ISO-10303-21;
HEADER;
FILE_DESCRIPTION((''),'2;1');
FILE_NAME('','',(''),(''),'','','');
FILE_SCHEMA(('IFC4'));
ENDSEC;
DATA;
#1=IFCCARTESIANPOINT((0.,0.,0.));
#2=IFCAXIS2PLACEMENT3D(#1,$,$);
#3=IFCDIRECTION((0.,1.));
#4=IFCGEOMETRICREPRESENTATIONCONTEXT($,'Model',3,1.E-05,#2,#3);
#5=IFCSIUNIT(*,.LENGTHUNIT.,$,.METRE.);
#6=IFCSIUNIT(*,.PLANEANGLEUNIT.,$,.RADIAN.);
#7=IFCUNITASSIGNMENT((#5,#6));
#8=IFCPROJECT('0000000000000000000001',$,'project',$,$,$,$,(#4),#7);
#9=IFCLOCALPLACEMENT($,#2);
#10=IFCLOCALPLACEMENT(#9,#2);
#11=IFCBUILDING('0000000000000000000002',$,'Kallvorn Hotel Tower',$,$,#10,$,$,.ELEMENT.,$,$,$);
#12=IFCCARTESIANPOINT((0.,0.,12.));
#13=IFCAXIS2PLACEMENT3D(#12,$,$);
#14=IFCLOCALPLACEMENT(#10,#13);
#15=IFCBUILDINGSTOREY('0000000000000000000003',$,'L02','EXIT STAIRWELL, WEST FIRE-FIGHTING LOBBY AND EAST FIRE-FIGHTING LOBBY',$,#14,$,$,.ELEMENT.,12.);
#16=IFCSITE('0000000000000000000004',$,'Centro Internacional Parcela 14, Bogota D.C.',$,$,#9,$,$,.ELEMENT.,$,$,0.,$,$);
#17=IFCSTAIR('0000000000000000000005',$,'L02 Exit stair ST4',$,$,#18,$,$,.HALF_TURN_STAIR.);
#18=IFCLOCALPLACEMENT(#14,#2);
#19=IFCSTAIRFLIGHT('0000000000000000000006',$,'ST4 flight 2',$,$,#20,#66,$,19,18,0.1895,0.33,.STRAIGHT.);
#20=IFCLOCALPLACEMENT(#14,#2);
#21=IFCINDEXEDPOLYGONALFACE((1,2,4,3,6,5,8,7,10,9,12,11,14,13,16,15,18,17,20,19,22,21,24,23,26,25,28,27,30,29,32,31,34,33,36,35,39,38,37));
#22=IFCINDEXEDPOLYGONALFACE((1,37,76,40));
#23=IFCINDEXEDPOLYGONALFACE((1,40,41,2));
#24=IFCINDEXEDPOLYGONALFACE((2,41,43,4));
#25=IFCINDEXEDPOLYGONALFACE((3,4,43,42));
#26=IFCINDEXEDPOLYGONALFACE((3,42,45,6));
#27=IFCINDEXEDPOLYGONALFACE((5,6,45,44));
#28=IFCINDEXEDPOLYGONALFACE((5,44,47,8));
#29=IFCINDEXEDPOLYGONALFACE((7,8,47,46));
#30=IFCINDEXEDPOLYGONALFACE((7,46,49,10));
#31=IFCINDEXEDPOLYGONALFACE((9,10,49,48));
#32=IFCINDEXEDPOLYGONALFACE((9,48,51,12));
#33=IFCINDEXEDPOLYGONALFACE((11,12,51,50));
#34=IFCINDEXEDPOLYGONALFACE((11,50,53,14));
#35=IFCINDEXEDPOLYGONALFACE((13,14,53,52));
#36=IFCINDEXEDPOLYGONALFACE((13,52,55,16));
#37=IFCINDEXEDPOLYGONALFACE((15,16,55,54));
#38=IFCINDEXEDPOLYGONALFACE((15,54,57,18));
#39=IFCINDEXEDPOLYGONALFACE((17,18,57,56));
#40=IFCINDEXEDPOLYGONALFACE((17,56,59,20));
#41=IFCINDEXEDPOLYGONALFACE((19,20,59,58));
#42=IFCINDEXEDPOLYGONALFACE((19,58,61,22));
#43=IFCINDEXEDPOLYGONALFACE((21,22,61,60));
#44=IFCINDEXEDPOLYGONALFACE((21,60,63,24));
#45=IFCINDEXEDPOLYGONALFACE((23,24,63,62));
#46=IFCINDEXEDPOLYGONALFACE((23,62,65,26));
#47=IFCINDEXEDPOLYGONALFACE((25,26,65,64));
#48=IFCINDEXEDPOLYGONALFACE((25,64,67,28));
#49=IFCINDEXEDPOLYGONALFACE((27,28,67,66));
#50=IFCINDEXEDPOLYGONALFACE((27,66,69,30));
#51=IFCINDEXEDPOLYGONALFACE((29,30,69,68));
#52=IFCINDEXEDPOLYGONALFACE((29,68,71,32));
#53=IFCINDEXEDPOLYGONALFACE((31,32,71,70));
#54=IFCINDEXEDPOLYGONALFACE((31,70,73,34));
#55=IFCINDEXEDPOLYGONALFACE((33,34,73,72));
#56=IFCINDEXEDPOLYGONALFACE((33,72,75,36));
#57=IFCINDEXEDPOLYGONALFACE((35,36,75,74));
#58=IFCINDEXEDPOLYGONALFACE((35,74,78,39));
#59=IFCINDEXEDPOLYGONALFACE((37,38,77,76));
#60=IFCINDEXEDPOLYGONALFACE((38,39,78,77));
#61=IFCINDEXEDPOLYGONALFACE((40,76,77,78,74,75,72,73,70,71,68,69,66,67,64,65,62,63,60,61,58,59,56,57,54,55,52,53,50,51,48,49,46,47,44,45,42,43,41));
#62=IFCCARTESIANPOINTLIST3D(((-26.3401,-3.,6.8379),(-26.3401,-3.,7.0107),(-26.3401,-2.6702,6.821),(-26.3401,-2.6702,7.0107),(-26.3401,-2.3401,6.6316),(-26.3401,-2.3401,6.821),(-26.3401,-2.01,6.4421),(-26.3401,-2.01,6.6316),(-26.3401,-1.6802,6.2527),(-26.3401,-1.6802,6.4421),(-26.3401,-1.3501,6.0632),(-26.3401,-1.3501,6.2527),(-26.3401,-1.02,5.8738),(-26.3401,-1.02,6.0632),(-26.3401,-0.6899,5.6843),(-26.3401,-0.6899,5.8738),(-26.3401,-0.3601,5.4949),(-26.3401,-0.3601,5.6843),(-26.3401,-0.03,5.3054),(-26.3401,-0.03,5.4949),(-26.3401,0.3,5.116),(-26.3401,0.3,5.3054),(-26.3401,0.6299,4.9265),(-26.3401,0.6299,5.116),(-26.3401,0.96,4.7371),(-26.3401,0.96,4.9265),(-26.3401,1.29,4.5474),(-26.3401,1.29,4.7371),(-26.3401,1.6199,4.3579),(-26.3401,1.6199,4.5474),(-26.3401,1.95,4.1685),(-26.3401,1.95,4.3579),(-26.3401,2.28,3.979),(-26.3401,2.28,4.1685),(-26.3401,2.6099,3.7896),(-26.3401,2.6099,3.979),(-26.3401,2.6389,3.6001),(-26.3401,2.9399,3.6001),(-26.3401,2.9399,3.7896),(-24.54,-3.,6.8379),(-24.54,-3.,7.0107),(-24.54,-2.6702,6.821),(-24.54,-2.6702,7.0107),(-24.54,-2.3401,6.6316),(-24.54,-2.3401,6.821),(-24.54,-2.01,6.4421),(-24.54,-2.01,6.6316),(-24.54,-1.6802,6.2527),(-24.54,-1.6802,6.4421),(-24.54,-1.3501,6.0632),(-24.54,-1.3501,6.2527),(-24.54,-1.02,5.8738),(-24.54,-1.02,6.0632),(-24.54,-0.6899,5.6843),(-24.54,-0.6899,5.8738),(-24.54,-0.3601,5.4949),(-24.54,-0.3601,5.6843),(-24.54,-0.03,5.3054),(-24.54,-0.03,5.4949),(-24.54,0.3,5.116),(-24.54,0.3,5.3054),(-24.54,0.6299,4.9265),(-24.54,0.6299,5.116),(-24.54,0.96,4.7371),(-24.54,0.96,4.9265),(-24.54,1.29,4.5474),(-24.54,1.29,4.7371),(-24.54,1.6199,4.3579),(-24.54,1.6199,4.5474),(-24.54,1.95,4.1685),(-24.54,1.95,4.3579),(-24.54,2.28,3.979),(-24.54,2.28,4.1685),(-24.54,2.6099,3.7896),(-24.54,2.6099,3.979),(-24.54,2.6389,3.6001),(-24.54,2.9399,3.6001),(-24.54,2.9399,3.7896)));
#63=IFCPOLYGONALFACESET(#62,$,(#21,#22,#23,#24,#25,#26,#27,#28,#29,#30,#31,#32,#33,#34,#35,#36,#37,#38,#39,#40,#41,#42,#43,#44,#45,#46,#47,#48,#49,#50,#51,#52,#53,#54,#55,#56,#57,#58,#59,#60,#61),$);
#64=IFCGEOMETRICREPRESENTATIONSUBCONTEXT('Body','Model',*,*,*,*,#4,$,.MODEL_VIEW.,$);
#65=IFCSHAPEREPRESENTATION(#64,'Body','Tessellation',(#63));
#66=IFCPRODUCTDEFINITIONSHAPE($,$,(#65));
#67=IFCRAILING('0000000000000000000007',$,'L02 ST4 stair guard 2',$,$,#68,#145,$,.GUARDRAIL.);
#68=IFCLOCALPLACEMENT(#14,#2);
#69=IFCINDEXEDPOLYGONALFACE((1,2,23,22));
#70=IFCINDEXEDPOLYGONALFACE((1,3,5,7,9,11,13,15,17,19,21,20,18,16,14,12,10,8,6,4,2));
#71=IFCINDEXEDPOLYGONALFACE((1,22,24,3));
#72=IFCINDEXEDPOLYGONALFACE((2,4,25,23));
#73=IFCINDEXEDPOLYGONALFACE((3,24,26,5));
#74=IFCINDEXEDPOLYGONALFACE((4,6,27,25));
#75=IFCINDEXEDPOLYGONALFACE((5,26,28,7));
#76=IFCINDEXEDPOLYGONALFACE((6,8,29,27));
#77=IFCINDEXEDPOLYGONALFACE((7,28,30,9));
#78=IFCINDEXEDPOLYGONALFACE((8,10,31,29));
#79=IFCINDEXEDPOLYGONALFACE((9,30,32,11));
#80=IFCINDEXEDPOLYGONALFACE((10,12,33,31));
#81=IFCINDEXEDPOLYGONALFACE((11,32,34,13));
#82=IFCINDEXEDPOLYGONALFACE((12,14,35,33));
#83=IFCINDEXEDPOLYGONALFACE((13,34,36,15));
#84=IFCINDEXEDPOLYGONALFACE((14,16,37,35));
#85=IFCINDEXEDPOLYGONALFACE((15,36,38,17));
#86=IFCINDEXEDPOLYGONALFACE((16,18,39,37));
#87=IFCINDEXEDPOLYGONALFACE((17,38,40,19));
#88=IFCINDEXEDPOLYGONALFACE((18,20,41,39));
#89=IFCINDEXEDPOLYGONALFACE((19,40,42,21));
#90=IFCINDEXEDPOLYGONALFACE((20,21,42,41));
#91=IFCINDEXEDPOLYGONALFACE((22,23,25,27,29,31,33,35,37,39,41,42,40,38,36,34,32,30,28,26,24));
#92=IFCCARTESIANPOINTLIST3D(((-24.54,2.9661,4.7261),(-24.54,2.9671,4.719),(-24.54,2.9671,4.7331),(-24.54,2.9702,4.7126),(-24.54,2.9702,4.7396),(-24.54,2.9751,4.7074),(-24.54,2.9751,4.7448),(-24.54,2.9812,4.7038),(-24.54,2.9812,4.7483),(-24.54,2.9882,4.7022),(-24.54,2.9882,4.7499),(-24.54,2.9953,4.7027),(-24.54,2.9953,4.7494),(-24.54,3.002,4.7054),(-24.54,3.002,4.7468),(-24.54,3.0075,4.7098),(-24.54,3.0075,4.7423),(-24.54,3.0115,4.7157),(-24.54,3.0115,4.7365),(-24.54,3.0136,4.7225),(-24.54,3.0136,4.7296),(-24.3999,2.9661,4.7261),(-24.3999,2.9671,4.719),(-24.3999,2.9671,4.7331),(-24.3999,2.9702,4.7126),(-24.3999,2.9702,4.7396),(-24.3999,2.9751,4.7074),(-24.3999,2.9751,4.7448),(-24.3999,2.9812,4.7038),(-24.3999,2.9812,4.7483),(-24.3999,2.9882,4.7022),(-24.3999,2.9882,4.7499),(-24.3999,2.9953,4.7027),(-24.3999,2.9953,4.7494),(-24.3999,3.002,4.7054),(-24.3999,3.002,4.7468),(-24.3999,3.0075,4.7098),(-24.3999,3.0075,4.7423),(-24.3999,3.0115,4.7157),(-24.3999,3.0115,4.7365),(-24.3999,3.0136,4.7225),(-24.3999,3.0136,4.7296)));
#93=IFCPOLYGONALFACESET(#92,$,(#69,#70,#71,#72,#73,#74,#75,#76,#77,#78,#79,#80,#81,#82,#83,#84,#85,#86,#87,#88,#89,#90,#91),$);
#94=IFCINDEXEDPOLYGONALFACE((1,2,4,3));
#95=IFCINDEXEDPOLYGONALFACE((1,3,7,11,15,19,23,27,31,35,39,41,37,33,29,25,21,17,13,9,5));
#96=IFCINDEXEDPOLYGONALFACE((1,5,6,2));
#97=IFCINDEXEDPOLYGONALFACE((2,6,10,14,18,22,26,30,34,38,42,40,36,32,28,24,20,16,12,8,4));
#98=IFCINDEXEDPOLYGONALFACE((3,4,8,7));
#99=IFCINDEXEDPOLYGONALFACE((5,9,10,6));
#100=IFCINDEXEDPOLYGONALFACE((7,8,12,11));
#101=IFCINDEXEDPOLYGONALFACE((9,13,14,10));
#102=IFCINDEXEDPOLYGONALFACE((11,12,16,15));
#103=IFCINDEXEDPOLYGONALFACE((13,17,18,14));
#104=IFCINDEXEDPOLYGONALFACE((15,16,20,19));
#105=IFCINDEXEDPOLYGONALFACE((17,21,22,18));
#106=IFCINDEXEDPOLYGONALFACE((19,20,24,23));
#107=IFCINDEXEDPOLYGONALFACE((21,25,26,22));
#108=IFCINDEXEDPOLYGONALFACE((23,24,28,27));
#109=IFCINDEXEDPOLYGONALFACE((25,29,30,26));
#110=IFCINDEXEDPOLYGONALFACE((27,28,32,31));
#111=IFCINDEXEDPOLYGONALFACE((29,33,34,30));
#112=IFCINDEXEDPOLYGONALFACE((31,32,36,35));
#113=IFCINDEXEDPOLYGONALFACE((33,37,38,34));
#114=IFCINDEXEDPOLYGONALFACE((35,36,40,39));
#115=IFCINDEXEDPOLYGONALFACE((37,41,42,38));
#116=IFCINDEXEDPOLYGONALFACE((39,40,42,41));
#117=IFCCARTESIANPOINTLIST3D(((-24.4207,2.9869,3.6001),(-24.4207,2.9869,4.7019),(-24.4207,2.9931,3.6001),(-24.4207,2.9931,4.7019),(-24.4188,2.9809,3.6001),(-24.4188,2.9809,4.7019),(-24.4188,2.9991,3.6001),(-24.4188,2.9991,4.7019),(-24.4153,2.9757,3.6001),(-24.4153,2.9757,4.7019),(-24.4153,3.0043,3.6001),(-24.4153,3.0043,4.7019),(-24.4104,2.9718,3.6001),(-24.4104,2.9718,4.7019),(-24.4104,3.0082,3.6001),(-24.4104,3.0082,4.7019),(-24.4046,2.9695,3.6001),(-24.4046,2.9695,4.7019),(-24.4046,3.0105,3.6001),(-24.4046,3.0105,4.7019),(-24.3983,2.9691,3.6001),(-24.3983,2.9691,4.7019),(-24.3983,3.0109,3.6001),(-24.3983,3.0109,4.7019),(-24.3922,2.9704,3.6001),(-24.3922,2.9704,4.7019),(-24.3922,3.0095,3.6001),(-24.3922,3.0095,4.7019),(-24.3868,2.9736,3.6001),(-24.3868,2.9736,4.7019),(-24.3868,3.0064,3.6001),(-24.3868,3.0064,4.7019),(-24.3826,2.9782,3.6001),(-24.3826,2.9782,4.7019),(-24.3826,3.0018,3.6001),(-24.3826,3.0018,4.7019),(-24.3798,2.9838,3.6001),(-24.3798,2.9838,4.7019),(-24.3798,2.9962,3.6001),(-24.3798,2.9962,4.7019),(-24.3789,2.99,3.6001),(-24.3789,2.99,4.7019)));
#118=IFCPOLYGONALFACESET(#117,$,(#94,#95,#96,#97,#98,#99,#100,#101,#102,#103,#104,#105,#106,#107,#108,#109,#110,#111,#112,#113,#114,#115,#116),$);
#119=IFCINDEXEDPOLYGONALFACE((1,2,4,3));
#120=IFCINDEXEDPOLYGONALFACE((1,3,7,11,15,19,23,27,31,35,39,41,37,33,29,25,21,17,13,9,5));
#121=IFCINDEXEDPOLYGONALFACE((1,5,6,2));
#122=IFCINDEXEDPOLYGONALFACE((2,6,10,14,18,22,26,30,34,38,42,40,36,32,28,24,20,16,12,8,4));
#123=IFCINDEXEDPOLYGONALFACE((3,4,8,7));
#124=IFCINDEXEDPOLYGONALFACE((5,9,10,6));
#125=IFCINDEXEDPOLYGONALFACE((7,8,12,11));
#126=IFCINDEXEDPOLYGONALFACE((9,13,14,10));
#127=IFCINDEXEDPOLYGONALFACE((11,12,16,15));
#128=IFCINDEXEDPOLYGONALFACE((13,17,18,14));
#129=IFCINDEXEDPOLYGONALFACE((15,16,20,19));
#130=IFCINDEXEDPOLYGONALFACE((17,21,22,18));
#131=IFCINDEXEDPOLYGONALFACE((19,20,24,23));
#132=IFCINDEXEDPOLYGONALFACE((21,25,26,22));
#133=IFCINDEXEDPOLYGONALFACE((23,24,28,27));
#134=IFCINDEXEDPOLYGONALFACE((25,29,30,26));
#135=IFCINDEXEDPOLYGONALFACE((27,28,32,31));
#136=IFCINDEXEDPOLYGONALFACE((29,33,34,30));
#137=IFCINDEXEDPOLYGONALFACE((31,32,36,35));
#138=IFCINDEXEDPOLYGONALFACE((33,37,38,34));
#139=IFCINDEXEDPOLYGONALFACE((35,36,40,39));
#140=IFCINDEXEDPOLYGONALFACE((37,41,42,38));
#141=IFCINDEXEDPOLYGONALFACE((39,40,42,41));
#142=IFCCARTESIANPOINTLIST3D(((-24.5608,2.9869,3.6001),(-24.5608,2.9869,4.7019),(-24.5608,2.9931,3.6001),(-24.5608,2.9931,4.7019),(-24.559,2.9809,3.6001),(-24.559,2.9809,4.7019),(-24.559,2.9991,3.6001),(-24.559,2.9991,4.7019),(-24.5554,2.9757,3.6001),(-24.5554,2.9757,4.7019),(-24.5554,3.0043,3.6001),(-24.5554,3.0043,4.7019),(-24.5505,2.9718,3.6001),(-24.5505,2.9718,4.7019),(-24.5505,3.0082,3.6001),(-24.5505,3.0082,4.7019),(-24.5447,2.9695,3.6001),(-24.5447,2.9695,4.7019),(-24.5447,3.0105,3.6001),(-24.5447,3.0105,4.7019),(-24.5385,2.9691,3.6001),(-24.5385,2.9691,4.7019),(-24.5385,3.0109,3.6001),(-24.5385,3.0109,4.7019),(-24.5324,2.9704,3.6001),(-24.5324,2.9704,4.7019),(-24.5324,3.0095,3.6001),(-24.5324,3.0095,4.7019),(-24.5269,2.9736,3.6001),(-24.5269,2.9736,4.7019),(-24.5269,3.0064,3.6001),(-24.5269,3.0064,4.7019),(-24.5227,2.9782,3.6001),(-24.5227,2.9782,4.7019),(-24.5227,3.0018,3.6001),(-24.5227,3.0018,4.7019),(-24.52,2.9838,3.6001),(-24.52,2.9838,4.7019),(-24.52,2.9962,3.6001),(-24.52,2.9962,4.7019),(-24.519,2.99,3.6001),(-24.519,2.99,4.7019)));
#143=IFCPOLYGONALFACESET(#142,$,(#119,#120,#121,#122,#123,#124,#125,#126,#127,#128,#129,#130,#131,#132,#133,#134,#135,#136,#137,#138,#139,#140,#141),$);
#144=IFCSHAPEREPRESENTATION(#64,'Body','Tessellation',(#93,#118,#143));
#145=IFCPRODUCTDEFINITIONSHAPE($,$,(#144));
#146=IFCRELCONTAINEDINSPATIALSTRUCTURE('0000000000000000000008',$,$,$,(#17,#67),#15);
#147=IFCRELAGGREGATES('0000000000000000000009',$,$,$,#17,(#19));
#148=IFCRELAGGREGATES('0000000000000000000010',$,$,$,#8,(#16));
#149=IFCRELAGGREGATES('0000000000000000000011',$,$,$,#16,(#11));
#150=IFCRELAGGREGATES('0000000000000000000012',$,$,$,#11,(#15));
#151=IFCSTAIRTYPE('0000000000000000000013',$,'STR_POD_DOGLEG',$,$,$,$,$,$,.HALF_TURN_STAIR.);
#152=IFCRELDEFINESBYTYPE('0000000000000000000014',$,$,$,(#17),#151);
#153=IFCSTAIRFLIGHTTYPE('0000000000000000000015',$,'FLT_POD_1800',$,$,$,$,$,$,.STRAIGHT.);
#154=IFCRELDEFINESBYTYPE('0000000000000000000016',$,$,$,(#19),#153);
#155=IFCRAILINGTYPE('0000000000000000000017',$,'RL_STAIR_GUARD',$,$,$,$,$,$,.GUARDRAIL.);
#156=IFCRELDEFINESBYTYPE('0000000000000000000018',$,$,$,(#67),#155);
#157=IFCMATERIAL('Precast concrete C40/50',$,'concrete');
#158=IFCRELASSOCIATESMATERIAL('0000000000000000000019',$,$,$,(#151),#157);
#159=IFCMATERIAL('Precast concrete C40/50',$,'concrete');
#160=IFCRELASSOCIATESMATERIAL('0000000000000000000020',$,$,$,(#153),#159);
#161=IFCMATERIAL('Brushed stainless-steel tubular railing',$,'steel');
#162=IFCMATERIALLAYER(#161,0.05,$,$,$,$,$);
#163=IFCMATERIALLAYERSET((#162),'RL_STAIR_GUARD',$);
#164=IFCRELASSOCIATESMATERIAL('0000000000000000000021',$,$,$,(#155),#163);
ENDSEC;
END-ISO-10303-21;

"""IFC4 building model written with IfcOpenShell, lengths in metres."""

from ifc_helpers import new_model, si_unit, direction, frame, origin, origin_2d, place, context, subcontext, project, spatial, polyline, circle, outline, extrude, material, layer, layer_set, type_object, element, aggregate, save


model = new_model("IFC4")

# Units and contexts
model_context = context("Model", 3, precision=1e-05, world=origin(), true_north=direction((0.0, 1.0)))
body_context = subcontext(model_context, "Body", "Model", "MODEL_VIEW")
ifc_project = project(units=[si_unit("LENGTHUNIT", "METRE"), si_unit("PLANEANGLEUNIT", "RADIAN")], contexts=[model_context])

# Site, building, storey
site_placement = place(None, origin())
site = spatial("IfcSite", under=ifc_project, at=site_placement, Name="Centro Internacional Parcela 14, Bogota D.C.", CompositionType="ELEMENT", RefElevation=0.0)
building_placement = place(site_placement, origin())
building = spatial("IfcBuilding", under=site, at=building_placement, Name="Kallvorn Hotel Tower", CompositionType="ELEMENT")
storey_placement = place(building_placement, frame((0.0, 0.0, 12.0)))
storey = spatial("IfcBuildingStorey", under=building, at=storey_placement, Name="L02", Description="EXIT STAIRWELL, WEST FIRE-FIGHTING LOBBY AND EAST FIRE-FIGHTING LOBBY", CompositionType="ELEMENT", Elevation=12.0)

# Stair, stair flight
ifc_material_1 = material(Name="Precast concrete C40/50", Category="concrete")
stair_type = type_object("IfcStairType", Name="STR_POD_DOGLEG", PredefinedType="HALF_TURN_STAIR", material=ifc_material_1)
stair_placement = place(storey_placement, origin())
stair = element("IfcStair", 1, at=stair_placement, inside=storey, type_object=stair_type, Name="L02 Exit stair ST4", PredefinedType="HALF_TURN_STAIR")
ifc_material_2 = material(Name="Precast concrete C40/50", Category="concrete")
stair_flight_type = type_object("IfcStairFlightType", Name="FLT_POD_1800", PredefinedType="STRAIGHT", material=ifc_material_2)
stair_flight_placement = place(storey_placement, frame((-25.4399, 2.9399, 3.6001), z_axis=(0.0, 0.0, 1.0), x_axis=(0.0, -1.0, 0.0)))
stair_flight = element("IfcStairFlight", 2, at=stair_flight_placement, type_object=stair_flight_type, Name="ST4 flight 2", NumberOfRisers=19, NumberOfTreads=18, PredefinedType="STRAIGHT", RiserHeight=0.1895, TreadLength=0.33, context=body_context, shape_type="SweptSolid", body=[
    extrude(outline(polyline([(0.0, 0.0), (0.0, 0.1895), (0.3301, 0.1895), (0.3301, 0.3789), (0.6599, 0.3789), (0.6599, 0.5684), (0.99, 0.5684), (0.99, 0.7578), (1.3201, 0.7578), (1.3201, 0.9473), (1.6499, 0.9473), (1.6499, 1.137), (1.98, 1.137), (1.98, 1.3264), (2.3101, 1.3264), (2.3101, 1.5159), (2.6399, 1.5159), (2.6399, 1.7053), (2.97, 1.7053), (2.97, 1.8948), (3.3, 1.8948), (3.3, 2.0842), (3.6299, 2.0842), (3.6299, 2.2737), (3.96, 2.2737), (3.96, 2.4631), (4.29, 2.4631), (4.29, 2.6526), (4.6201, 2.6526), (4.6201, 2.842), (4.95, 2.842), (4.95, 3.0315), (5.28, 3.0315), (5.28, 3.2209), (5.6101, 3.2209), (5.6101, 3.4106), (5.9399, 3.4106), (5.9399, 3.6001), (5.9399, 3.2378), (0.301, 0.0), (0.0, 0.0)])), frame((0.0, 0.8999, 0.0), z_axis=(0.0, -1.0, 0.0), x_axis=(1.0, 0.0, 0.0)), (0.0, 0.0, 1.0), 1.8),
])
aggregate(stair, [stair_flight])

# Railing
ifc_material_3 = material(Name="Brushed stainless-steel tubular railing", Category="steel")
ifc_layer_1 = layer(ifc_material_3, 0.05)
ifc_layer_set_1 = layer_set([ifc_layer_1], Name="RL_STAIR_GUARD")
railing_type_1 = type_object("IfcRailingType", Name="RL_STAIR_GUARD", PredefinedType="GUARDRAIL", material=ifc_layer_set_1)
railing_1_placement = place(storey_placement, frame((-24.3999, 2.99, 3.6001)))
element("IfcRailing", 3, at=railing_1_placement, inside=storey, type_object=railing_type_1, Name="L02 ST4 stair guard 2", PredefinedType="GUARDRAIL", context=body_context, shape_type="SweptSolid", body=[
    extrude(circle(Radius=0.0239, at=origin_2d()), frame((0.0, 0.0, 1.126), z_axis=(-1.0, 0.0, 0.0), x_axis=(0.0, -1.0, 0.0)), (0.0, 0.0, 1.0), 0.1401),
    extrude(circle(Radius=0.021, at=origin_2d()), origin(), (0.0, 0.0, 1.0), 1.1018),
    extrude(circle(Radius=0.021, at=origin_2d()), frame((-0.1401, 0.0, 0.0)), (0.0, 0.0, 1.0), 1.1018),
])

save(model, "model.ifc")
